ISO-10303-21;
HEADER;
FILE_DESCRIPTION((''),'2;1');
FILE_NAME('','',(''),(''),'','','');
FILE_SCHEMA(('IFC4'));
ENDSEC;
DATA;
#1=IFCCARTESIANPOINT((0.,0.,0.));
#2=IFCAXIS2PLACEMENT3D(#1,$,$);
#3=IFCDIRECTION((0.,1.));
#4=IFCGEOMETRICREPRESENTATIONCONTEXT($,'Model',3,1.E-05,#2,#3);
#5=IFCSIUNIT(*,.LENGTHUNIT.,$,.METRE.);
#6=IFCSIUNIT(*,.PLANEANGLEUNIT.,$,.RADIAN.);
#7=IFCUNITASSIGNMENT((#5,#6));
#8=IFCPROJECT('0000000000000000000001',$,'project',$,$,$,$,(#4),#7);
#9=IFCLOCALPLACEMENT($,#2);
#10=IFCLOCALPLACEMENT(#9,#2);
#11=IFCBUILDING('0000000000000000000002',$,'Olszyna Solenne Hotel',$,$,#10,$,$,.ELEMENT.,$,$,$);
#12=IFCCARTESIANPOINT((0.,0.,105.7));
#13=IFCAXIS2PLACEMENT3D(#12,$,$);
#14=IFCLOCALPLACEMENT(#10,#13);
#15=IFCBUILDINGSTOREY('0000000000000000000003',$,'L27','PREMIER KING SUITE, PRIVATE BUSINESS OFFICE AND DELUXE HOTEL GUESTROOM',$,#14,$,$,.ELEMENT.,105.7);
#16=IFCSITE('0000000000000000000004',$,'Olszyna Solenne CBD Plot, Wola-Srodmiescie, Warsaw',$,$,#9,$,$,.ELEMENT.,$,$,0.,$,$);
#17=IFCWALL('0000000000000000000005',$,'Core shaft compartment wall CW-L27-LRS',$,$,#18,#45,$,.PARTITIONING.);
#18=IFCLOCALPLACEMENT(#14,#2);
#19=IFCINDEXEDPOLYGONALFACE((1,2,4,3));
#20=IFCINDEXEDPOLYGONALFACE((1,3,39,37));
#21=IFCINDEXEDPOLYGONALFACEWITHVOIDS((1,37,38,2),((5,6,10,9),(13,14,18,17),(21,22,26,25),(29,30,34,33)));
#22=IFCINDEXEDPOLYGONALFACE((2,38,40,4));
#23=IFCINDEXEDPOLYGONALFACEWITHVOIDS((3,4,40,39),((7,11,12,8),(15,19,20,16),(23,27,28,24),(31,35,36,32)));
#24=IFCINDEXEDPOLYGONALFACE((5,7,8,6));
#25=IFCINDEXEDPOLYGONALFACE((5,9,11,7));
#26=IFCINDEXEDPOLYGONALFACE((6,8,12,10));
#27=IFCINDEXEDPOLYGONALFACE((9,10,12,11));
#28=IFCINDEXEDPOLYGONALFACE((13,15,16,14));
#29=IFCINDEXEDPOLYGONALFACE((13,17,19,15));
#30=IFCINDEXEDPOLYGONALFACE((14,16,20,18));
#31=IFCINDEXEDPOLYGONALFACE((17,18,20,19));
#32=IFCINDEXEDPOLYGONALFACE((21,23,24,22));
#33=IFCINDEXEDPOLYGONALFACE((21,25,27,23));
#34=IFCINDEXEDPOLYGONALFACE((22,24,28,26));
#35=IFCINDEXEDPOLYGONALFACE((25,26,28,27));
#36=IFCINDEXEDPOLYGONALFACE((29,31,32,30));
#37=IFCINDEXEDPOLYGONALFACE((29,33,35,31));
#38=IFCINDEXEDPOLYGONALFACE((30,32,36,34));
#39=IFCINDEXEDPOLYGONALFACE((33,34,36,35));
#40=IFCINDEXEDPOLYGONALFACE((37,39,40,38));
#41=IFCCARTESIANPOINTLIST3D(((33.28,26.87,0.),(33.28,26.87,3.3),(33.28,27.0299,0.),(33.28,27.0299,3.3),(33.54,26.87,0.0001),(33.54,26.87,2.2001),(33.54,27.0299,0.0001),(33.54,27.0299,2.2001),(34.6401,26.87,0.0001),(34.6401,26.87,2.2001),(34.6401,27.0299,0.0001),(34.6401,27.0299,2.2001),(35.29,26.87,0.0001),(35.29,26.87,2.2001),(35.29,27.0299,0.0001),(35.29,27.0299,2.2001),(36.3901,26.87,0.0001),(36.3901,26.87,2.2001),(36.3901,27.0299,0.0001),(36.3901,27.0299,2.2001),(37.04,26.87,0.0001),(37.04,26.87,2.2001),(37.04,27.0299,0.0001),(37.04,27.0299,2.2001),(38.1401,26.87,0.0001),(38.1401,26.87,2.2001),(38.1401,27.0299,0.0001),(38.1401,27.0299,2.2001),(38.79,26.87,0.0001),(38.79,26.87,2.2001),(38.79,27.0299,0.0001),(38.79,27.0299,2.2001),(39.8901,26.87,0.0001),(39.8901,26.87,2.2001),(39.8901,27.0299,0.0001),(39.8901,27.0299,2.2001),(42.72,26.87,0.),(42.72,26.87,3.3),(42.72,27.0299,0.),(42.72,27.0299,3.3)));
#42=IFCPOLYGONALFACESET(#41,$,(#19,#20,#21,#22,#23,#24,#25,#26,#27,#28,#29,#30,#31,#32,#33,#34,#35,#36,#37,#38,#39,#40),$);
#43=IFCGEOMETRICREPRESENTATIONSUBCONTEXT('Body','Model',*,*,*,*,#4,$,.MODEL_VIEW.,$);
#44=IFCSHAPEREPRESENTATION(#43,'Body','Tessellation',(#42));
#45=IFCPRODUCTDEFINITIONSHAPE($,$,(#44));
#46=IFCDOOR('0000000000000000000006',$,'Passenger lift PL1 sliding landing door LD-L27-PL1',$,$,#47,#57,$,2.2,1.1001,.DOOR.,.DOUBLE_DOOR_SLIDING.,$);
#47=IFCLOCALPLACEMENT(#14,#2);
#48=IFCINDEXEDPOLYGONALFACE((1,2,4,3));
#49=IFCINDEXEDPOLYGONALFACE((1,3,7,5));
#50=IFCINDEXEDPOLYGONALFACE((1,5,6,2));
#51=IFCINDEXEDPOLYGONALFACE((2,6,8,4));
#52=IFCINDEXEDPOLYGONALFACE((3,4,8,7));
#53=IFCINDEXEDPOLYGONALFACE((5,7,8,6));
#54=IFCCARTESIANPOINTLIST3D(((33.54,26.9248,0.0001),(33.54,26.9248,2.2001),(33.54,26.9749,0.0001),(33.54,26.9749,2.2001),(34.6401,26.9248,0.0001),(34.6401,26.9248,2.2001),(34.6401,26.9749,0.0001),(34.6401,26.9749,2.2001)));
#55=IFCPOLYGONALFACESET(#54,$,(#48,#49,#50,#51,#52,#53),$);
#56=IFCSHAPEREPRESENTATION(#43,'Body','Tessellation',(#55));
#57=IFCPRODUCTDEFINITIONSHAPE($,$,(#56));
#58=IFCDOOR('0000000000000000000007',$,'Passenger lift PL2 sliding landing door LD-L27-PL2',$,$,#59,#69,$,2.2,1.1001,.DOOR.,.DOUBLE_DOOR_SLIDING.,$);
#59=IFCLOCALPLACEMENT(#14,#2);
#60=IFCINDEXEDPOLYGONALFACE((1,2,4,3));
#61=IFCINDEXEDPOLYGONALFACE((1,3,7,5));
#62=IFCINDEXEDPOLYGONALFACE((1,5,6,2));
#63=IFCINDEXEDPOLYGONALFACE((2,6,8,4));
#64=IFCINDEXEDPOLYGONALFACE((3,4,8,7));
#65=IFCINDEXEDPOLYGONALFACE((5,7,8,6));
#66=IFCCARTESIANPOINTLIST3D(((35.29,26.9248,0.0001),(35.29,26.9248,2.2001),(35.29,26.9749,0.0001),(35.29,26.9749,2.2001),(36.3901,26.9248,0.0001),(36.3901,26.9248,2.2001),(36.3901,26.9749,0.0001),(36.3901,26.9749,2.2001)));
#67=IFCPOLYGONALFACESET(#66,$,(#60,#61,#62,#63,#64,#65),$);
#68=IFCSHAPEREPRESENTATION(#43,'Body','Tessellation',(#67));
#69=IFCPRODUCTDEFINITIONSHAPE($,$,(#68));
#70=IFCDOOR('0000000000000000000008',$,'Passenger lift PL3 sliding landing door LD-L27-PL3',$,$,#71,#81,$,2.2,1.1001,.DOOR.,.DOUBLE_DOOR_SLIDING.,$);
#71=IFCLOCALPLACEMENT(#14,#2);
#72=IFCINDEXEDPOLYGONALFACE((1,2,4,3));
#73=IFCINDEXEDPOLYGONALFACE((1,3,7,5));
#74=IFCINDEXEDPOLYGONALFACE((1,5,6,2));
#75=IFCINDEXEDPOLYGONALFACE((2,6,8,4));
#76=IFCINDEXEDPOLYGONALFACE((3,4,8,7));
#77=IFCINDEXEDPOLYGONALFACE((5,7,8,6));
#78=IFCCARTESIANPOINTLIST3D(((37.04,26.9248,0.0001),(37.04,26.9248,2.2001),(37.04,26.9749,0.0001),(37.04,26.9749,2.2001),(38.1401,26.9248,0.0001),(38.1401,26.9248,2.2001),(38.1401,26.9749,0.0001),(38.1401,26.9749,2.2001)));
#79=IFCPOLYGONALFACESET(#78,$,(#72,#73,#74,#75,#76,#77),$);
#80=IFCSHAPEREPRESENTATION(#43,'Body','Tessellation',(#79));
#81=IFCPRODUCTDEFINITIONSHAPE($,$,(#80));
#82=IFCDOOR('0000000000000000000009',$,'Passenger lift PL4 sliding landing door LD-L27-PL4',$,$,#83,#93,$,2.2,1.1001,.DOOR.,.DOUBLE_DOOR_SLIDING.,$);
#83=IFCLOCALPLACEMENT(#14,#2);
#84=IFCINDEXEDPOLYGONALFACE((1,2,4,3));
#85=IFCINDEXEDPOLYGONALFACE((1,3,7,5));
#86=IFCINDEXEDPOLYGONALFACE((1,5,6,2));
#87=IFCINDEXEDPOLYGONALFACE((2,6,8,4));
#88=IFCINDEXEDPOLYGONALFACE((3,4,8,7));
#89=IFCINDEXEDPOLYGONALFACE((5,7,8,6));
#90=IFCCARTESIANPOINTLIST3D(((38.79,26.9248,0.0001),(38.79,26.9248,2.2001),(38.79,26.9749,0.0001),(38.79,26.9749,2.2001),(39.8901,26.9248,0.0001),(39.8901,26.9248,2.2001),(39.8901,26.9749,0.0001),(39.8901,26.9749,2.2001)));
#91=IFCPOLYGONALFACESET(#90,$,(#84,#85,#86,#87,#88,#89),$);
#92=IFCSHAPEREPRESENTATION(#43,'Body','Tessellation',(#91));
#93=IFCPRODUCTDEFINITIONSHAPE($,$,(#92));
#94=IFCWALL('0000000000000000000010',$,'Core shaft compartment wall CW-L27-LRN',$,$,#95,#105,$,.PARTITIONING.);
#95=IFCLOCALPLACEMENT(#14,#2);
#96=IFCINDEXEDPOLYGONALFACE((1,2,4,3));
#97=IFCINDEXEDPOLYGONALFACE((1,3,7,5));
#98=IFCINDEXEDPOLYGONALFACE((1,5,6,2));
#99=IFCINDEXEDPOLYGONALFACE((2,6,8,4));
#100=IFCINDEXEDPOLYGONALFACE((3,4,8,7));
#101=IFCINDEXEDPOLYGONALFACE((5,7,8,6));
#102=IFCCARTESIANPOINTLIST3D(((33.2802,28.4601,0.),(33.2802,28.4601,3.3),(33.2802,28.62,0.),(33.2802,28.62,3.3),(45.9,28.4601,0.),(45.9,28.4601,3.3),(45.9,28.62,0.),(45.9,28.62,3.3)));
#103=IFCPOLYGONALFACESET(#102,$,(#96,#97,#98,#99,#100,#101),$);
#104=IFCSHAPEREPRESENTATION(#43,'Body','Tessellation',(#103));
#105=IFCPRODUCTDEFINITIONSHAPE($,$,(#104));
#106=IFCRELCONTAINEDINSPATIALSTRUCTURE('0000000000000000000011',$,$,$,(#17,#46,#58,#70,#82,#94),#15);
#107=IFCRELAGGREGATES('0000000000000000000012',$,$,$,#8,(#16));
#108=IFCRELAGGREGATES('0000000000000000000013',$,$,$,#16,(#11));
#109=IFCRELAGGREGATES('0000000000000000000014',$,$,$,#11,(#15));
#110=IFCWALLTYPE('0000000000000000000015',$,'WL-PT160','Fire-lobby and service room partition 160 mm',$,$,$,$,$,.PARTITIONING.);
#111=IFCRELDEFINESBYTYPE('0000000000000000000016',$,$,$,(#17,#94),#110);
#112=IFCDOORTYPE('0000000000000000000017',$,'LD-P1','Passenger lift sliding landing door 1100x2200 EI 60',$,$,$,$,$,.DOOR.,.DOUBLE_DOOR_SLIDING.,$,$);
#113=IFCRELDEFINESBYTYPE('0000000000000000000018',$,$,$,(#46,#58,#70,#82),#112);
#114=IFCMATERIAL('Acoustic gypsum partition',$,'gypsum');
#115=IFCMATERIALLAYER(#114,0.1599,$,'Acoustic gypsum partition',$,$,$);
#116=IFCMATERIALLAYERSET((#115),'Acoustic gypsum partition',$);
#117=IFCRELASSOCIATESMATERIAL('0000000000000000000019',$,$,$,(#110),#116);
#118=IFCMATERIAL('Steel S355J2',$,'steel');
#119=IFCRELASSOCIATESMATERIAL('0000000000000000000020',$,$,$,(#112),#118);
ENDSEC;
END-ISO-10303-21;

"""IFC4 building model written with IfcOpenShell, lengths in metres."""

from ifc_helpers import new_model, si_unit, direction, frame, frame_2d, origin, place, context, subcontext, project, spatial, rectangle, extrude, source, transform, mapped, material, layer, layer_set, type_object, type_shapes, element, fill, save


model = new_model("IFC4")

# Units and contexts
model_context = context("Model", 3, precision=1e-05, world=origin(), true_north=direction((0.0, 1.0)))
body_context = subcontext(model_context, "Body", "Model", "MODEL_VIEW")
ifc_project = project(units=[si_unit("LENGTHUNIT", "METRE"), si_unit("PLANEANGLEUNIT", "RADIAN")], contexts=[model_context])

# Site, building, storey
site_placement = place(None, origin())
site = spatial("IfcSite", under=ifc_project, at=site_placement, Name="Olszyna Solenne CBD Plot, Wola-Srodmiescie, Warsaw", CompositionType="ELEMENT", RefElevation=0.0)
building_placement = place(site_placement, origin())
building = spatial("IfcBuilding", under=site, at=building_placement, Name="Olszyna Solenne Hotel", CompositionType="ELEMENT")
storey_placement = place(building_placement, frame((0.0, 0.0, 105.7)))
storey = spatial("IfcBuildingStorey", under=building, at=storey_placement, Name="L27", Description="PREMIER KING SUITE, PRIVATE BUSINESS OFFICE AND DELUXE HOTEL GUESTROOM", CompositionType="ELEMENT", Elevation=105.7)

# Shared definitions
ifc_material_1 = material(Name="Steel S355J2", Category="steel")

# Shared definitions
ifc_material_2 = material(Name="Acoustic gypsum partition", Category="gypsum")

# Shared definitions
ifc_layer_1 = layer(ifc_material_2, 0.1599, Name="Acoustic gypsum partition")
ifc_layer_set_1 = layer_set([ifc_layer_1], Name="Acoustic gypsum partition")
wall_type_1 = type_object("IfcWallType", Name="WL-PT160", Description="Fire-lobby and service room partition 160 mm", PredefinedType="PARTITIONING", material=ifc_layer_set_1)

# Wall, openings, doors
wall_1_placement = place(storey_placement, frame((33.28, 26.95, 0.0), z_axis=(0.0, 0.0, 1.0), x_axis=(1.0, 0.0, 0.0)))
wall_1 = element("IfcWall", 1, at=wall_1_placement, inside=storey, type_object=wall_type_1, Name="Core shaft compartment wall CW-L27-LRS", PredefinedType="PARTITIONING", context=body_context, shape_type="SweptSolid", body=[
    extrude(rectangle(XDim=9.4399, YDim=0.1599, at=frame_2d((4.72, 0.0))), origin(), (0.0, 0.0, 1.0), 3.3),
])
opening_1_placement = place(wall_1_placement, frame((0.26, 0.0, 0.0)))
opening_1 = element("IfcOpeningElement", 2, at=opening_1_placement, cuts=wall_1, PredefinedType="OPENING", context=body_context, shape_type="SweptSolid", body=[
    extrude(rectangle(XDim=1.1001, YDim=2.2, at=frame_2d((0.55, 1.1001))), frame((0.0, 0.0898, 0.0), z_axis=(0.0, -1.0, 0.0), x_axis=(1.0, 0.0, 0.0)), (0.0, 0.0, 1.0), 0.1799),
])
opening_2_placement = place(wall_1_placement, frame((2.01, 0.0, 0.0)))
opening_2 = element("IfcOpeningElement", 3, at=opening_2_placement, cuts=wall_1, PredefinedType="OPENING", context=body_context, shape_type="SweptSolid", body=[
    extrude(rectangle(XDim=1.1001, YDim=2.2, at=frame_2d((0.55, 1.1001))), frame((0.0, 0.0898, 0.0), z_axis=(0.0, -1.0, 0.0), x_axis=(1.0, 0.0, 0.0)), (0.0, 0.0, 1.0), 0.1799),
])
opening_3_placement = place(wall_1_placement, frame((3.76, 0.0, 0.0)))
opening_3 = element("IfcOpeningElement", 4, at=opening_3_placement, cuts=wall_1, PredefinedType="OPENING", context=body_context, shape_type="SweptSolid", body=[
    extrude(rectangle(XDim=1.1001, YDim=2.2, at=frame_2d((0.55, 1.1001))), frame((0.0, 0.0898, 0.0), z_axis=(0.0, -1.0, 0.0), x_axis=(1.0, 0.0, 0.0)), (0.0, 0.0, 1.0), 0.1799),
])
opening_4_placement = place(wall_1_placement, frame((5.51, 0.0, 0.0)))
opening_4 = element("IfcOpeningElement", 5, at=opening_4_placement, cuts=wall_1, PredefinedType="OPENING", context=body_context, shape_type="SweptSolid", body=[
    extrude(rectangle(XDim=1.1001, YDim=2.2, at=frame_2d((0.55, 1.1001))), frame((0.0, 0.0898, 0.0), z_axis=(0.0, -1.0, 0.0), x_axis=(1.0, 0.0, 0.0)), (0.0, 0.0, 1.0), 0.1799),
])
door_type_1 = type_object("IfcDoorType", Name="LD-P1", Description="Passenger lift sliding landing door 1100x2200 EI 60", OperationType="DOUBLE_DOOR_SLIDING", PredefinedType="DOOR", material=ifc_material_1)
shared_shape_1 = source(origin(), body_context, "Body", "SweptSolid", [
    extrude(rectangle(XDim=1.1001, YDim=2.2, at=frame_2d((0.55, 1.1001))), frame((0.0, 0.0249, 0.0), z_axis=(0.0, -1.0, 0.0), x_axis=(1.0, 0.0, 0.0)), (0.0, 0.0, 1.0), 0.05),
])
type_shapes(door_type_1, [shared_shape_1])
door_1_placement = place(opening_1_placement, origin())
door_1 = element("IfcDoor", 6, at=door_1_placement, inside=storey, type_object=door_type_1, Name="Passenger lift PL1 sliding landing door LD-L27-PL1", OperationType="DOUBLE_DOOR_SLIDING", OverallHeight=2.2, OverallWidth=1.1001, PredefinedType="DOOR", context=body_context, shape_type="MappedRepresentation", body=[
    mapped(shared_shape_1, transform((0.0, 0.0, 0.0), x_axis=(1.0, 0.0, 0.0), y_axis=(0.0, 1.0, 0.0), z_axis=(0.0, 0.0, 1.0), scale=1.0)),
])
fill(opening_1, door_1)
door_2_placement = place(opening_2_placement, origin())
door_2 = element("IfcDoor", 7, at=door_2_placement, inside=storey, type_object=door_type_1, Name="Passenger lift PL2 sliding landing door LD-L27-PL2", OperationType="DOUBLE_DOOR_SLIDING", OverallHeight=2.2, OverallWidth=1.1001, PredefinedType="DOOR", context=body_context, shape_type="MappedRepresentation", body=[
    mapped(shared_shape_1, transform((0.0, 0.0, 0.0), x_axis=(1.0, 0.0, 0.0), y_axis=(0.0, 1.0, 0.0), z_axis=(0.0, 0.0, 1.0), scale=1.0)),
])
fill(opening_2, door_2)
door_3_placement = place(opening_3_placement, origin())
door_3 = element("IfcDoor", 8, at=door_3_placement, inside=storey, type_object=door_type_1, Name="Passenger lift PL3 sliding landing door LD-L27-PL3", OperationType="DOUBLE_DOOR_SLIDING", OverallHeight=2.2, OverallWidth=1.1001, PredefinedType="DOOR", context=body_context, shape_type="MappedRepresentation", body=[
    mapped(shared_shape_1, transform((0.0, 0.0, 0.0), x_axis=(1.0, 0.0, 0.0), y_axis=(0.0, 1.0, 0.0), z_axis=(0.0, 0.0, 1.0), scale=1.0)),
])
fill(opening_3, door_3)
door_4_placement = place(opening_4_placement, origin())
door_4 = element("IfcDoor", 9, at=door_4_placement, inside=storey, type_object=door_type_1, Name="Passenger lift PL4 sliding landing door LD-L27-PL4", OperationType="DOUBLE_DOOR_SLIDING", OverallHeight=2.2, OverallWidth=1.1001, PredefinedType="DOOR", context=body_context, shape_type="MappedRepresentation", body=[
    mapped(shared_shape_1, transform((0.0, 0.0, 0.0), x_axis=(1.0, 0.0, 0.0), y_axis=(0.0, 1.0, 0.0), z_axis=(0.0, 0.0, 1.0), scale=1.0)),
])
fill(opening_4, door_4)

# Wall
wall_2_placement = place(storey_placement, frame((33.28, 28.54, 0.0), z_axis=(0.0, 0.0, 1.0), x_axis=(1.0, 0.0, 0.0)))
element("IfcWall", 10, at=wall_2_placement, inside=storey, type_object=wall_type_1, Name="Core shaft compartment wall CW-L27-LRN", PredefinedType="PARTITIONING", context=body_context, shape_type="SweptSolid", body=[
    extrude(rectangle(XDim=12.6199, YDim=0.1599, at=frame_2d((6.3101, 0.0))), origin(), (0.0, 0.0, 1.0), 3.3),
])

save(model, "model.ifc")
